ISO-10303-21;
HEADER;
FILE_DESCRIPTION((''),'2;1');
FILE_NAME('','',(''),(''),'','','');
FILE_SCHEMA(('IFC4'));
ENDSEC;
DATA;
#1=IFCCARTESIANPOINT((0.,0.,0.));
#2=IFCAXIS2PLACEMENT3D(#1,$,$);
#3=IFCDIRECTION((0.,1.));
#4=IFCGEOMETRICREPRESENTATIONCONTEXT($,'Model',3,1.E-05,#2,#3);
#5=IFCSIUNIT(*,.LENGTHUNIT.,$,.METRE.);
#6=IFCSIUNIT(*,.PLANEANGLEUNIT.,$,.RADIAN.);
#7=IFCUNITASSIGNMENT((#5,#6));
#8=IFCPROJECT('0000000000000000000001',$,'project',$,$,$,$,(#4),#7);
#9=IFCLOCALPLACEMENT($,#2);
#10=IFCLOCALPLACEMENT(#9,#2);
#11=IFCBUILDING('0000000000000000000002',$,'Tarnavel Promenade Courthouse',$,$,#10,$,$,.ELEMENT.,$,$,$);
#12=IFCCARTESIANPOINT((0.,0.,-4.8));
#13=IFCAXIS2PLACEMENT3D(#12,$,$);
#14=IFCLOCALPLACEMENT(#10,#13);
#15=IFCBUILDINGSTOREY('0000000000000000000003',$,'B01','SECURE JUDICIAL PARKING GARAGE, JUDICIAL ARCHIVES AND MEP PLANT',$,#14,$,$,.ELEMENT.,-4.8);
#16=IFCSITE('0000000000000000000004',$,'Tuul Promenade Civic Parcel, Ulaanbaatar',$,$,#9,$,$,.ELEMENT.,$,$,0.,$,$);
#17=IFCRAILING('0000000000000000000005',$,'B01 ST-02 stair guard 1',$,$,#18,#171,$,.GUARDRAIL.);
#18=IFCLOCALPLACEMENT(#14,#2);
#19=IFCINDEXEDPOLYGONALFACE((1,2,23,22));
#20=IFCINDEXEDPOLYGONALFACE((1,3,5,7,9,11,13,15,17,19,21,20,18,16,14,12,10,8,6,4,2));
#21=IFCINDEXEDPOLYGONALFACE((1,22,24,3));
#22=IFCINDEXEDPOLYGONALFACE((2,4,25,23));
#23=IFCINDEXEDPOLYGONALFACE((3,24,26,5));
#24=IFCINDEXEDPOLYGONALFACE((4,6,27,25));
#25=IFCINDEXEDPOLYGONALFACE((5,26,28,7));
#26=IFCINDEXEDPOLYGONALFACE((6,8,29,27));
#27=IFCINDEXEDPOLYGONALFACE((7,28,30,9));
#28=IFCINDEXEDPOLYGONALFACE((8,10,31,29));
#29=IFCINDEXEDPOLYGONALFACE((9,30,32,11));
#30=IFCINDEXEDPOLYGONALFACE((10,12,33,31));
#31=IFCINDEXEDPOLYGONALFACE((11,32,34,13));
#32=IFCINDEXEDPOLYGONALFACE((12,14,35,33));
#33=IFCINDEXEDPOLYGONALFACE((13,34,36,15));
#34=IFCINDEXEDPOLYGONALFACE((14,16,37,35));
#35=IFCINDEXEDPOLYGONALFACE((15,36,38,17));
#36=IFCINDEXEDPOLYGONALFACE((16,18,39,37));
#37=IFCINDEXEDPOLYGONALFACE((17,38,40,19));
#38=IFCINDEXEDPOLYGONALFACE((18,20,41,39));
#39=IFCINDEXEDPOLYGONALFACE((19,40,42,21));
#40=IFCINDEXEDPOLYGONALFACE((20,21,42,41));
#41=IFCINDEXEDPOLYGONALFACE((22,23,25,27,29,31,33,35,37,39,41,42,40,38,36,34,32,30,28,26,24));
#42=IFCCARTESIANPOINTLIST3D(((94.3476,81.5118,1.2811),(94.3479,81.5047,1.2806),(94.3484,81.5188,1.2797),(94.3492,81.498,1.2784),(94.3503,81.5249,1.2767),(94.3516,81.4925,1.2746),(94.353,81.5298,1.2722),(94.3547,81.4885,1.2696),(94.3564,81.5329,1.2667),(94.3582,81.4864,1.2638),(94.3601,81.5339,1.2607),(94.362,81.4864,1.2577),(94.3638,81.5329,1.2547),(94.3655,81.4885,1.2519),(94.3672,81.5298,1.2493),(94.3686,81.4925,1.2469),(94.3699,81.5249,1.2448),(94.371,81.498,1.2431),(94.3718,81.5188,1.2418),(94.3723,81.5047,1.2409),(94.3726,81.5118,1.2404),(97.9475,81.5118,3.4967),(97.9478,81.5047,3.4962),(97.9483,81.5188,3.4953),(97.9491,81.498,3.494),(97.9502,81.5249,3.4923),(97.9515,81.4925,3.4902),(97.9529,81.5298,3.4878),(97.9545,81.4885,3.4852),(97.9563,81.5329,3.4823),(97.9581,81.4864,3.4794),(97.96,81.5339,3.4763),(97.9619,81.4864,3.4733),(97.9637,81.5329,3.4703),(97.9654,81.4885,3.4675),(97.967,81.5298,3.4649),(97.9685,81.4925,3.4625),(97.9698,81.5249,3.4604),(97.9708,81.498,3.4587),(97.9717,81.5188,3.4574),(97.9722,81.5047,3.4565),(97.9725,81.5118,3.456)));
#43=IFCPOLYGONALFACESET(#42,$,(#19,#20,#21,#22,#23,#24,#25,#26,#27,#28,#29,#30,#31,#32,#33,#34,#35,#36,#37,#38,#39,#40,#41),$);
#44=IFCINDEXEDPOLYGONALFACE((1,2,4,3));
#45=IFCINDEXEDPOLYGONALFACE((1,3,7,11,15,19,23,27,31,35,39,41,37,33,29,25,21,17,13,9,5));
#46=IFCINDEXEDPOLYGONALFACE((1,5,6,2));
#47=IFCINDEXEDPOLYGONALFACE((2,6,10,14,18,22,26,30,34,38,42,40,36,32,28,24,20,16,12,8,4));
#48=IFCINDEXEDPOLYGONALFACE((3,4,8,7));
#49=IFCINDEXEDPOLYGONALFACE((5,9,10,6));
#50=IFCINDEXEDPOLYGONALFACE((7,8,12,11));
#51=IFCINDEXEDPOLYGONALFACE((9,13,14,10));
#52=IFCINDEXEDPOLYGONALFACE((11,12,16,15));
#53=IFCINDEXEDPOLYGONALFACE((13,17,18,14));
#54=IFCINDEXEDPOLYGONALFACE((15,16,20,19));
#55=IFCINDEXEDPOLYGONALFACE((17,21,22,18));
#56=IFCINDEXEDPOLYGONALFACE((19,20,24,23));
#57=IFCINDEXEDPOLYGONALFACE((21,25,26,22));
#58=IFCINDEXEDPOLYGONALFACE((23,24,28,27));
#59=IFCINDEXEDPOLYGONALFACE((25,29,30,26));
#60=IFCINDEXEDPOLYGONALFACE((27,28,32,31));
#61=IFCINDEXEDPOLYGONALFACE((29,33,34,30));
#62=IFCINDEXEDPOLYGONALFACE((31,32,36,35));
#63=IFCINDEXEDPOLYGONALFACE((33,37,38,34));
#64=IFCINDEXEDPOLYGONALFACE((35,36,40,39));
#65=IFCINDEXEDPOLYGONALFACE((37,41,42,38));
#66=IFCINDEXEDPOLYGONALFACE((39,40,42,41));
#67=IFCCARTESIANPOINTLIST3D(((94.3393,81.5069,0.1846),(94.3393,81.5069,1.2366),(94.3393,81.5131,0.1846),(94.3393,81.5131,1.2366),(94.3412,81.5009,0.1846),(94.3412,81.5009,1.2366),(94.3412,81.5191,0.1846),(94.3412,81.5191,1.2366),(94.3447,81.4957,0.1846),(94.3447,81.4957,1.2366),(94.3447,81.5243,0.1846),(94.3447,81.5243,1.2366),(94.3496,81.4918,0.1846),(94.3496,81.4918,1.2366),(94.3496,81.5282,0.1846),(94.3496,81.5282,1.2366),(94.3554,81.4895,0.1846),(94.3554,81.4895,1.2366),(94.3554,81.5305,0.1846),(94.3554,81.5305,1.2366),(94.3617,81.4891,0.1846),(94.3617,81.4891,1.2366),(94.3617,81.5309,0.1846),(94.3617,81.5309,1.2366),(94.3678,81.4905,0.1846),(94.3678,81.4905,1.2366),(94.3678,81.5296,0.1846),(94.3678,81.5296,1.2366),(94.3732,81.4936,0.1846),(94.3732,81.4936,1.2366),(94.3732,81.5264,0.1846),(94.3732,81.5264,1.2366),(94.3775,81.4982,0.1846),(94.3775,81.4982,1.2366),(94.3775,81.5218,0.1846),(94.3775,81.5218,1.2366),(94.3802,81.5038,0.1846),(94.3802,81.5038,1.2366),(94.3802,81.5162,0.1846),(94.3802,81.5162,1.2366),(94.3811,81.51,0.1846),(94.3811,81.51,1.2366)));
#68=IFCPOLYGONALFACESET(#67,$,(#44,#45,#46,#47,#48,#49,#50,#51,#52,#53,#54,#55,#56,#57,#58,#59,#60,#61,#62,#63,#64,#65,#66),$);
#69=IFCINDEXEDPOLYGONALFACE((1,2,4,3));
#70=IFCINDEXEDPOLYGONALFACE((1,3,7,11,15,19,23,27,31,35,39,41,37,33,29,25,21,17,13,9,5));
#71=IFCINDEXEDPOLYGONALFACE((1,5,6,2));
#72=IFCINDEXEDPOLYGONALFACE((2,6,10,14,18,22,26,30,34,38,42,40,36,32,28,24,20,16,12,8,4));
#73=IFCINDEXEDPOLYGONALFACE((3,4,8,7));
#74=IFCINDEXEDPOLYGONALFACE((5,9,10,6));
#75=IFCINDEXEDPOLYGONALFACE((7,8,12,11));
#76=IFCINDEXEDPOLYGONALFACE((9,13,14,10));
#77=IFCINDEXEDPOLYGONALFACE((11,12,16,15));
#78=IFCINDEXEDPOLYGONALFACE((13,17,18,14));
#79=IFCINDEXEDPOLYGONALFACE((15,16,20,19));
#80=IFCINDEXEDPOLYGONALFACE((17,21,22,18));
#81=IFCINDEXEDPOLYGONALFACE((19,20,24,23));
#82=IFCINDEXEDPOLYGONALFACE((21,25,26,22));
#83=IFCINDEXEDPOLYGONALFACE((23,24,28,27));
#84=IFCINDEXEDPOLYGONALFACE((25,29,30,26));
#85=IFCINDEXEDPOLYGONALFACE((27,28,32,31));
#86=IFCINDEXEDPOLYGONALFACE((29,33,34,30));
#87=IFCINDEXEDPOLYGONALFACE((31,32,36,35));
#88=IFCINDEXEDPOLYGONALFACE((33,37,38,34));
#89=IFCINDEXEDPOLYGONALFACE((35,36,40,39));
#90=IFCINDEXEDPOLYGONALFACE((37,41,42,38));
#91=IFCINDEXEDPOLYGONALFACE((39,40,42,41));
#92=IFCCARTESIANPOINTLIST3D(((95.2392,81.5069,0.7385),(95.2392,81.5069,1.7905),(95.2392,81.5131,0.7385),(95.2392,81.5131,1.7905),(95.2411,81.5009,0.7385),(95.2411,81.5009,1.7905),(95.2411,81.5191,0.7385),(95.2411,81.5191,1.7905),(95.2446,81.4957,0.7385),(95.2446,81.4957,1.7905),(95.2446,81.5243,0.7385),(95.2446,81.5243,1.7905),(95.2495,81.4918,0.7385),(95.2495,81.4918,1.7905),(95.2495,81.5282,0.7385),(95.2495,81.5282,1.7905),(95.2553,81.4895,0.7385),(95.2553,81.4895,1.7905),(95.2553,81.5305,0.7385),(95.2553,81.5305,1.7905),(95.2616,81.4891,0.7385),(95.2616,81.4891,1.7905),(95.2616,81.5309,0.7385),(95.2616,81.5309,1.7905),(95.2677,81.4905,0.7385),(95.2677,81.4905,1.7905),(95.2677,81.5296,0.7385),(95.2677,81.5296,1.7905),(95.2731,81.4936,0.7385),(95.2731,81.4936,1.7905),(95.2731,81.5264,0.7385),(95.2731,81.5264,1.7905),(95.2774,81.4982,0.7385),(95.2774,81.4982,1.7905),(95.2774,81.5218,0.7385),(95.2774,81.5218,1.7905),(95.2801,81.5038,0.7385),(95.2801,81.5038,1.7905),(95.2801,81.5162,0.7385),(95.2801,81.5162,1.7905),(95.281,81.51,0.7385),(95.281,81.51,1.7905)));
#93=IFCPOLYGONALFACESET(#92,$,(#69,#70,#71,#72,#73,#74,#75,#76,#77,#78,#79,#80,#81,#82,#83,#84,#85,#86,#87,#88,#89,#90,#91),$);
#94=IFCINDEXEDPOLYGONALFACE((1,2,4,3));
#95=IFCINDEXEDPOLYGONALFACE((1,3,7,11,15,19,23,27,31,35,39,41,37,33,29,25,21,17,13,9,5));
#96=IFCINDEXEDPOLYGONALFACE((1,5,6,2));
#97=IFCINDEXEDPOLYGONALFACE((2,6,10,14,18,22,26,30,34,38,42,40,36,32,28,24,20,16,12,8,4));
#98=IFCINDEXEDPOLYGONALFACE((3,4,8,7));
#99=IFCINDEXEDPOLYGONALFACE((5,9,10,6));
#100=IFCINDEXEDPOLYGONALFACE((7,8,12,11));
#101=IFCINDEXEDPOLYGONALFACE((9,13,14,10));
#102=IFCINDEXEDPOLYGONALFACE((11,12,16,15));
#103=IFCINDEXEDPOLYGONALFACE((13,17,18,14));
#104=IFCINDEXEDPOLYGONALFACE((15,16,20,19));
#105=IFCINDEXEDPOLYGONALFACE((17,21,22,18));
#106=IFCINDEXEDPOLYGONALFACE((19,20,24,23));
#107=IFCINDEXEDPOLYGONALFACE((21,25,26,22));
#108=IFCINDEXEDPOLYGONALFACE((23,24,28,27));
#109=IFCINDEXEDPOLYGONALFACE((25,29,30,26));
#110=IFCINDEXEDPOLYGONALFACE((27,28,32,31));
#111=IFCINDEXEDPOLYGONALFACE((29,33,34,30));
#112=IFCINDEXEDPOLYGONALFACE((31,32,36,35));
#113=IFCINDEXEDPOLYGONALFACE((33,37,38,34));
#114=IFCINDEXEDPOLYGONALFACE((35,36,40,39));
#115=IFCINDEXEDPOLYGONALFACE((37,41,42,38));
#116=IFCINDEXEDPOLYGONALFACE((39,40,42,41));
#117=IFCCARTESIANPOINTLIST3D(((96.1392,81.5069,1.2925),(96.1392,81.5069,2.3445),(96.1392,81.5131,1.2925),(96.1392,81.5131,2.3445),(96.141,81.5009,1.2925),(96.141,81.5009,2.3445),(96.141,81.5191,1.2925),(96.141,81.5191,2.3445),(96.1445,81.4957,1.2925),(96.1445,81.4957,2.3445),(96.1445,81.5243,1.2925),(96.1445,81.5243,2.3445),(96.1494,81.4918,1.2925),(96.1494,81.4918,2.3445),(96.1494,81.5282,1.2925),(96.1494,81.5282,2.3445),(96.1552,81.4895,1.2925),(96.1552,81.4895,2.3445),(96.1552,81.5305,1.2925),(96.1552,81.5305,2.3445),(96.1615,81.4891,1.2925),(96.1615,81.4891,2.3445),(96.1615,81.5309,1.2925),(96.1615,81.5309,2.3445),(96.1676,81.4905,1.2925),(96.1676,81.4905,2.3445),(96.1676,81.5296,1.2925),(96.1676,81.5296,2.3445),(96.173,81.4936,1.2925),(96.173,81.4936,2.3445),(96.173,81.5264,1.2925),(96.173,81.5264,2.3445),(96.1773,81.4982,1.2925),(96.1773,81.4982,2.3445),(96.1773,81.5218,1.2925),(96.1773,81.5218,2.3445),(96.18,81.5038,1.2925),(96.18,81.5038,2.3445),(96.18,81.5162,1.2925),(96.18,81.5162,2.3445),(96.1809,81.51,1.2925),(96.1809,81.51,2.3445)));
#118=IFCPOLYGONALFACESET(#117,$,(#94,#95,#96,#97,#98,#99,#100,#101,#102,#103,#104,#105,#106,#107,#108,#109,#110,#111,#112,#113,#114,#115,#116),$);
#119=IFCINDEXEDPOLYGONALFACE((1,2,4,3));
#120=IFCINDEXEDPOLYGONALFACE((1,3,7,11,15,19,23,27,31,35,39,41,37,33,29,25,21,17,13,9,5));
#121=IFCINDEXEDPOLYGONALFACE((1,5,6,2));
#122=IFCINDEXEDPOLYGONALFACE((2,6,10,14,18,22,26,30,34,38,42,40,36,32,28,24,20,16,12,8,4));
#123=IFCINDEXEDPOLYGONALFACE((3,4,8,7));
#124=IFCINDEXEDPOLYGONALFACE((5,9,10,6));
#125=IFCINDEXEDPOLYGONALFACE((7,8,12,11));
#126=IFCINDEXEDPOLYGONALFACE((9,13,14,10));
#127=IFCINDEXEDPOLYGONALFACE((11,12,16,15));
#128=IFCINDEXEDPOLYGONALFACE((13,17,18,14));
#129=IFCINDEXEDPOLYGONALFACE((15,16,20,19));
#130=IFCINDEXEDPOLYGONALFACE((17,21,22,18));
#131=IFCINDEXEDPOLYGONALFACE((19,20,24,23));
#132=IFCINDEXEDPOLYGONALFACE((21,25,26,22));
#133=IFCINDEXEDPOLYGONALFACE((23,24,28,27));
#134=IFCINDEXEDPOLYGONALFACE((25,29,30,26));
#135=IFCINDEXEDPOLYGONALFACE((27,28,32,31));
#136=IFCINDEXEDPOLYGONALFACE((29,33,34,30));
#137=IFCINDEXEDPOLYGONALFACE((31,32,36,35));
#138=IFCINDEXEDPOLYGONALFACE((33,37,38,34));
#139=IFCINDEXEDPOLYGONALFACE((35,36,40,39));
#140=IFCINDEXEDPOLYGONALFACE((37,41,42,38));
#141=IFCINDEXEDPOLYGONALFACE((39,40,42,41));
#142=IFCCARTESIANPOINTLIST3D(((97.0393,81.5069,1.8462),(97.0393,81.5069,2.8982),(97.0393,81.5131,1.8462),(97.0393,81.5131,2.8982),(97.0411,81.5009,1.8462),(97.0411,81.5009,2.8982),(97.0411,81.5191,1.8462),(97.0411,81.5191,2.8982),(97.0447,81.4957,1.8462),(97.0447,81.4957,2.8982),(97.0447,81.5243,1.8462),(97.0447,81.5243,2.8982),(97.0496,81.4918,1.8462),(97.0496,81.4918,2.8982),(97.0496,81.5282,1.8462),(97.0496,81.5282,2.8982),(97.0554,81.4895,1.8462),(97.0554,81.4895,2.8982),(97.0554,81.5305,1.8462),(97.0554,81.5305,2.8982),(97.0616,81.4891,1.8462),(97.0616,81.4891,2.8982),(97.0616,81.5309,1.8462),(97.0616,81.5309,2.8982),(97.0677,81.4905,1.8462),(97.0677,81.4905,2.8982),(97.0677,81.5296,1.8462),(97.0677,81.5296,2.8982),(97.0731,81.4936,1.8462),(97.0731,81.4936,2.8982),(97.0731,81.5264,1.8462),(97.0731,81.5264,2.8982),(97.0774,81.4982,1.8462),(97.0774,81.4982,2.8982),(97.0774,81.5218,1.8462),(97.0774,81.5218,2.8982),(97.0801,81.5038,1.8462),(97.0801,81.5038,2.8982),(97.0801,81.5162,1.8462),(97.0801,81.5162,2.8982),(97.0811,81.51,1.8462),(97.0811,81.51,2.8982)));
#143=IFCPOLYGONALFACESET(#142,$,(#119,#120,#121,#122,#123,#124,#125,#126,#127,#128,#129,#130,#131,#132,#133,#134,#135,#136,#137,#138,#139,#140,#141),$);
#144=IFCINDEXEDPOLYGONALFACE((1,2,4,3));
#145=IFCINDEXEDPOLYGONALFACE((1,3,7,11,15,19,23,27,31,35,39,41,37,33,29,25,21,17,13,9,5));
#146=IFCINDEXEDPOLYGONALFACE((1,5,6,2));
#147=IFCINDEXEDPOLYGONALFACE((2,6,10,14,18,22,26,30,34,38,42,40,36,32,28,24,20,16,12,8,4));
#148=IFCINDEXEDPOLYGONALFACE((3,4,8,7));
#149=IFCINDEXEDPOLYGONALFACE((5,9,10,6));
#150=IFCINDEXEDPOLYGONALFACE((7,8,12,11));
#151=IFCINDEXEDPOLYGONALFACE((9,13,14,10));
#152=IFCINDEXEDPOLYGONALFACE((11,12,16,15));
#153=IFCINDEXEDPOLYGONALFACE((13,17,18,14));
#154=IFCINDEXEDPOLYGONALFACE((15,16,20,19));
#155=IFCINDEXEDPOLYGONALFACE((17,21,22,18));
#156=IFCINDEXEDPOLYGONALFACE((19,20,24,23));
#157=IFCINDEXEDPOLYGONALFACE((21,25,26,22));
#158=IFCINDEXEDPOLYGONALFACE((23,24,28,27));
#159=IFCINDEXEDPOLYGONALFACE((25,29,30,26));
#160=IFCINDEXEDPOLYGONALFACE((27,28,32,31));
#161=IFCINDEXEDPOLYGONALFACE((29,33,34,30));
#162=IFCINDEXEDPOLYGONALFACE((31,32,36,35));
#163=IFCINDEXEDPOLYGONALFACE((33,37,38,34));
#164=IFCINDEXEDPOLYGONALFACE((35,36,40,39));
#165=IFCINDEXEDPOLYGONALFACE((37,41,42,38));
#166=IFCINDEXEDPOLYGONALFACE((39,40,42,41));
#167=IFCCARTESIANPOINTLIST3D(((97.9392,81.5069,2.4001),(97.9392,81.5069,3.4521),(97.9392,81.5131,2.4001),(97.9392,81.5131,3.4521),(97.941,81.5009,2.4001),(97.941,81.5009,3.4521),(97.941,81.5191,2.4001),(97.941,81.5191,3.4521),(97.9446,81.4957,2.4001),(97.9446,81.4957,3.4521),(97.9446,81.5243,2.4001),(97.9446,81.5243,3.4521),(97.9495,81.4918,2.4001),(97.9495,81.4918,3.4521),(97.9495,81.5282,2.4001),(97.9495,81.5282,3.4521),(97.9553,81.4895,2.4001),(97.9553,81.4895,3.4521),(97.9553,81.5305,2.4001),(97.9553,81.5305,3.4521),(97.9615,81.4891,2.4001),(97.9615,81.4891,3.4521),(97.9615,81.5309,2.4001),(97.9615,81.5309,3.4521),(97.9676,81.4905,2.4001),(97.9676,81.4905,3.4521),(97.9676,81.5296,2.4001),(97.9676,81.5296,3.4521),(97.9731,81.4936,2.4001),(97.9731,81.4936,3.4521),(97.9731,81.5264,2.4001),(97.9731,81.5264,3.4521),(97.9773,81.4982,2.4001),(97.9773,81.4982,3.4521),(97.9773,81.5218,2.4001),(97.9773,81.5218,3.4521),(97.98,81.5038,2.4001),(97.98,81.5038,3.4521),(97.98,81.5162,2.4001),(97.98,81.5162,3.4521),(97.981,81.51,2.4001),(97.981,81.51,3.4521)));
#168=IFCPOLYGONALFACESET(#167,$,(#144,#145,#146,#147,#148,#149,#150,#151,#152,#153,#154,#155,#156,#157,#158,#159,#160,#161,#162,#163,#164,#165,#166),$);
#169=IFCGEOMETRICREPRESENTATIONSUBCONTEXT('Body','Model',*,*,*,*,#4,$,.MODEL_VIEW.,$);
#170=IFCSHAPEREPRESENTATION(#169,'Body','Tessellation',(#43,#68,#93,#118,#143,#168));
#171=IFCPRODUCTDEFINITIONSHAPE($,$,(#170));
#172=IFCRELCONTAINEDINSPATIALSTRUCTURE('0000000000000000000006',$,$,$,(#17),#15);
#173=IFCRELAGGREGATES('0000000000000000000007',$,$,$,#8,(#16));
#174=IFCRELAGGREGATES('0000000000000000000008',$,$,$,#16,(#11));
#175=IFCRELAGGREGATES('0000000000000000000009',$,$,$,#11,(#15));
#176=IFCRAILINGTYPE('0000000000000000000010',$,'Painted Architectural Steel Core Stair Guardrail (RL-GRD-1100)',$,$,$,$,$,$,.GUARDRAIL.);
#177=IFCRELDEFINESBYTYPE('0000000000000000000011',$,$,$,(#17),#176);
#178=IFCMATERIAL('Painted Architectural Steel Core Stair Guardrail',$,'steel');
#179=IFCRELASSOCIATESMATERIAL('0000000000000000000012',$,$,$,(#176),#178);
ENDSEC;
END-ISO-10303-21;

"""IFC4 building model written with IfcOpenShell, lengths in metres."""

from ifc_helpers import new_model, si_unit, direction, frame, origin, origin_2d, place, context, subcontext, project, spatial, circle, extrude, material, type_object, element, save


model = new_model("IFC4")

# Units and contexts
model_context = context("Model", 3, precision=1e-05, world=origin(), true_north=direction((0.0, 1.0)))
body_context = subcontext(model_context, "Body", "Model", "MODEL_VIEW")
ifc_project = project(units=[si_unit("LENGTHUNIT", "METRE"), si_unit("PLANEANGLEUNIT", "RADIAN")], contexts=[model_context])

# Site, building, storey
site_placement = place(None, origin())
site = spatial("IfcSite", under=ifc_project, at=site_placement, Name="Tuul Promenade Civic Parcel, Ulaanbaatar", CompositionType="ELEMENT", RefElevation=0.0)
building_placement = place(site_placement, origin())
building = spatial("IfcBuilding", under=site, at=building_placement, Name="Tarnavel Promenade Courthouse", CompositionType="ELEMENT")
storey_placement = place(building_placement, frame((0.0, 0.0, -4.8)))
storey = spatial("IfcBuildingStorey", under=building, at=storey_placement, Name="B01", Description="SECURE JUDICIAL PARKING GARAGE, JUDICIAL ARCHIVES AND MEP PLANT", CompositionType="ELEMENT", Elevation=-4.8)

# Railing
ifc_material_1 = material(Name="Painted Architectural Steel Core Stair Guardrail", Category="steel")
railing_type_1 = type_object("IfcRailingType", Name="Painted Architectural Steel Core Stair Guardrail (RL-GRD-1100)", PredefinedType="GUARDRAIL", material=ifc_material_1)
railing_1_placement = place(storey_placement, frame((94.3601, 81.51, 0.1846)))
element("IfcRailing", 1, at=railing_1_placement, inside=storey, type_object=railing_type_1, Name="B01 ST-02 stair guard 1", PredefinedType="GUARDRAIL", context=body_context, shape_type="SweptSolid", body=[
    extrude(circle(Radius=0.0239, at=origin_2d()), frame((0.0, 0.0, 1.0762), z_axis=(0.851629, 0.0, 0.524146), x_axis=(0.0, 1.0, 0.0)), (0.0, 0.0, 1.0), 4.2271),
    extrude(circle(Radius=0.021, at=origin_2d()), origin(), (0.0, 0.0, 1.0), 1.052),
    extrude(circle(Radius=0.021, at=origin_2d()), frame((0.8999, 0.0, 0.554)), (0.0, 0.0, 1.0), 1.052),
    extrude(circle(Radius=0.021, at=origin_2d()), frame((1.7998, 0.0, 1.1079)), (0.0, 0.0, 1.0), 1.052),
    extrude(circle(Radius=0.021, at=origin_2d()), frame((2.7, 0.0, 1.6616)), (0.0, 0.0, 1.0), 1.052),
    extrude(circle(Radius=0.021, at=origin_2d()), frame((3.5999, 0.0, 2.2156)), (0.0, 0.0, 1.0), 1.052),
])

save(model, "model.ifc")
